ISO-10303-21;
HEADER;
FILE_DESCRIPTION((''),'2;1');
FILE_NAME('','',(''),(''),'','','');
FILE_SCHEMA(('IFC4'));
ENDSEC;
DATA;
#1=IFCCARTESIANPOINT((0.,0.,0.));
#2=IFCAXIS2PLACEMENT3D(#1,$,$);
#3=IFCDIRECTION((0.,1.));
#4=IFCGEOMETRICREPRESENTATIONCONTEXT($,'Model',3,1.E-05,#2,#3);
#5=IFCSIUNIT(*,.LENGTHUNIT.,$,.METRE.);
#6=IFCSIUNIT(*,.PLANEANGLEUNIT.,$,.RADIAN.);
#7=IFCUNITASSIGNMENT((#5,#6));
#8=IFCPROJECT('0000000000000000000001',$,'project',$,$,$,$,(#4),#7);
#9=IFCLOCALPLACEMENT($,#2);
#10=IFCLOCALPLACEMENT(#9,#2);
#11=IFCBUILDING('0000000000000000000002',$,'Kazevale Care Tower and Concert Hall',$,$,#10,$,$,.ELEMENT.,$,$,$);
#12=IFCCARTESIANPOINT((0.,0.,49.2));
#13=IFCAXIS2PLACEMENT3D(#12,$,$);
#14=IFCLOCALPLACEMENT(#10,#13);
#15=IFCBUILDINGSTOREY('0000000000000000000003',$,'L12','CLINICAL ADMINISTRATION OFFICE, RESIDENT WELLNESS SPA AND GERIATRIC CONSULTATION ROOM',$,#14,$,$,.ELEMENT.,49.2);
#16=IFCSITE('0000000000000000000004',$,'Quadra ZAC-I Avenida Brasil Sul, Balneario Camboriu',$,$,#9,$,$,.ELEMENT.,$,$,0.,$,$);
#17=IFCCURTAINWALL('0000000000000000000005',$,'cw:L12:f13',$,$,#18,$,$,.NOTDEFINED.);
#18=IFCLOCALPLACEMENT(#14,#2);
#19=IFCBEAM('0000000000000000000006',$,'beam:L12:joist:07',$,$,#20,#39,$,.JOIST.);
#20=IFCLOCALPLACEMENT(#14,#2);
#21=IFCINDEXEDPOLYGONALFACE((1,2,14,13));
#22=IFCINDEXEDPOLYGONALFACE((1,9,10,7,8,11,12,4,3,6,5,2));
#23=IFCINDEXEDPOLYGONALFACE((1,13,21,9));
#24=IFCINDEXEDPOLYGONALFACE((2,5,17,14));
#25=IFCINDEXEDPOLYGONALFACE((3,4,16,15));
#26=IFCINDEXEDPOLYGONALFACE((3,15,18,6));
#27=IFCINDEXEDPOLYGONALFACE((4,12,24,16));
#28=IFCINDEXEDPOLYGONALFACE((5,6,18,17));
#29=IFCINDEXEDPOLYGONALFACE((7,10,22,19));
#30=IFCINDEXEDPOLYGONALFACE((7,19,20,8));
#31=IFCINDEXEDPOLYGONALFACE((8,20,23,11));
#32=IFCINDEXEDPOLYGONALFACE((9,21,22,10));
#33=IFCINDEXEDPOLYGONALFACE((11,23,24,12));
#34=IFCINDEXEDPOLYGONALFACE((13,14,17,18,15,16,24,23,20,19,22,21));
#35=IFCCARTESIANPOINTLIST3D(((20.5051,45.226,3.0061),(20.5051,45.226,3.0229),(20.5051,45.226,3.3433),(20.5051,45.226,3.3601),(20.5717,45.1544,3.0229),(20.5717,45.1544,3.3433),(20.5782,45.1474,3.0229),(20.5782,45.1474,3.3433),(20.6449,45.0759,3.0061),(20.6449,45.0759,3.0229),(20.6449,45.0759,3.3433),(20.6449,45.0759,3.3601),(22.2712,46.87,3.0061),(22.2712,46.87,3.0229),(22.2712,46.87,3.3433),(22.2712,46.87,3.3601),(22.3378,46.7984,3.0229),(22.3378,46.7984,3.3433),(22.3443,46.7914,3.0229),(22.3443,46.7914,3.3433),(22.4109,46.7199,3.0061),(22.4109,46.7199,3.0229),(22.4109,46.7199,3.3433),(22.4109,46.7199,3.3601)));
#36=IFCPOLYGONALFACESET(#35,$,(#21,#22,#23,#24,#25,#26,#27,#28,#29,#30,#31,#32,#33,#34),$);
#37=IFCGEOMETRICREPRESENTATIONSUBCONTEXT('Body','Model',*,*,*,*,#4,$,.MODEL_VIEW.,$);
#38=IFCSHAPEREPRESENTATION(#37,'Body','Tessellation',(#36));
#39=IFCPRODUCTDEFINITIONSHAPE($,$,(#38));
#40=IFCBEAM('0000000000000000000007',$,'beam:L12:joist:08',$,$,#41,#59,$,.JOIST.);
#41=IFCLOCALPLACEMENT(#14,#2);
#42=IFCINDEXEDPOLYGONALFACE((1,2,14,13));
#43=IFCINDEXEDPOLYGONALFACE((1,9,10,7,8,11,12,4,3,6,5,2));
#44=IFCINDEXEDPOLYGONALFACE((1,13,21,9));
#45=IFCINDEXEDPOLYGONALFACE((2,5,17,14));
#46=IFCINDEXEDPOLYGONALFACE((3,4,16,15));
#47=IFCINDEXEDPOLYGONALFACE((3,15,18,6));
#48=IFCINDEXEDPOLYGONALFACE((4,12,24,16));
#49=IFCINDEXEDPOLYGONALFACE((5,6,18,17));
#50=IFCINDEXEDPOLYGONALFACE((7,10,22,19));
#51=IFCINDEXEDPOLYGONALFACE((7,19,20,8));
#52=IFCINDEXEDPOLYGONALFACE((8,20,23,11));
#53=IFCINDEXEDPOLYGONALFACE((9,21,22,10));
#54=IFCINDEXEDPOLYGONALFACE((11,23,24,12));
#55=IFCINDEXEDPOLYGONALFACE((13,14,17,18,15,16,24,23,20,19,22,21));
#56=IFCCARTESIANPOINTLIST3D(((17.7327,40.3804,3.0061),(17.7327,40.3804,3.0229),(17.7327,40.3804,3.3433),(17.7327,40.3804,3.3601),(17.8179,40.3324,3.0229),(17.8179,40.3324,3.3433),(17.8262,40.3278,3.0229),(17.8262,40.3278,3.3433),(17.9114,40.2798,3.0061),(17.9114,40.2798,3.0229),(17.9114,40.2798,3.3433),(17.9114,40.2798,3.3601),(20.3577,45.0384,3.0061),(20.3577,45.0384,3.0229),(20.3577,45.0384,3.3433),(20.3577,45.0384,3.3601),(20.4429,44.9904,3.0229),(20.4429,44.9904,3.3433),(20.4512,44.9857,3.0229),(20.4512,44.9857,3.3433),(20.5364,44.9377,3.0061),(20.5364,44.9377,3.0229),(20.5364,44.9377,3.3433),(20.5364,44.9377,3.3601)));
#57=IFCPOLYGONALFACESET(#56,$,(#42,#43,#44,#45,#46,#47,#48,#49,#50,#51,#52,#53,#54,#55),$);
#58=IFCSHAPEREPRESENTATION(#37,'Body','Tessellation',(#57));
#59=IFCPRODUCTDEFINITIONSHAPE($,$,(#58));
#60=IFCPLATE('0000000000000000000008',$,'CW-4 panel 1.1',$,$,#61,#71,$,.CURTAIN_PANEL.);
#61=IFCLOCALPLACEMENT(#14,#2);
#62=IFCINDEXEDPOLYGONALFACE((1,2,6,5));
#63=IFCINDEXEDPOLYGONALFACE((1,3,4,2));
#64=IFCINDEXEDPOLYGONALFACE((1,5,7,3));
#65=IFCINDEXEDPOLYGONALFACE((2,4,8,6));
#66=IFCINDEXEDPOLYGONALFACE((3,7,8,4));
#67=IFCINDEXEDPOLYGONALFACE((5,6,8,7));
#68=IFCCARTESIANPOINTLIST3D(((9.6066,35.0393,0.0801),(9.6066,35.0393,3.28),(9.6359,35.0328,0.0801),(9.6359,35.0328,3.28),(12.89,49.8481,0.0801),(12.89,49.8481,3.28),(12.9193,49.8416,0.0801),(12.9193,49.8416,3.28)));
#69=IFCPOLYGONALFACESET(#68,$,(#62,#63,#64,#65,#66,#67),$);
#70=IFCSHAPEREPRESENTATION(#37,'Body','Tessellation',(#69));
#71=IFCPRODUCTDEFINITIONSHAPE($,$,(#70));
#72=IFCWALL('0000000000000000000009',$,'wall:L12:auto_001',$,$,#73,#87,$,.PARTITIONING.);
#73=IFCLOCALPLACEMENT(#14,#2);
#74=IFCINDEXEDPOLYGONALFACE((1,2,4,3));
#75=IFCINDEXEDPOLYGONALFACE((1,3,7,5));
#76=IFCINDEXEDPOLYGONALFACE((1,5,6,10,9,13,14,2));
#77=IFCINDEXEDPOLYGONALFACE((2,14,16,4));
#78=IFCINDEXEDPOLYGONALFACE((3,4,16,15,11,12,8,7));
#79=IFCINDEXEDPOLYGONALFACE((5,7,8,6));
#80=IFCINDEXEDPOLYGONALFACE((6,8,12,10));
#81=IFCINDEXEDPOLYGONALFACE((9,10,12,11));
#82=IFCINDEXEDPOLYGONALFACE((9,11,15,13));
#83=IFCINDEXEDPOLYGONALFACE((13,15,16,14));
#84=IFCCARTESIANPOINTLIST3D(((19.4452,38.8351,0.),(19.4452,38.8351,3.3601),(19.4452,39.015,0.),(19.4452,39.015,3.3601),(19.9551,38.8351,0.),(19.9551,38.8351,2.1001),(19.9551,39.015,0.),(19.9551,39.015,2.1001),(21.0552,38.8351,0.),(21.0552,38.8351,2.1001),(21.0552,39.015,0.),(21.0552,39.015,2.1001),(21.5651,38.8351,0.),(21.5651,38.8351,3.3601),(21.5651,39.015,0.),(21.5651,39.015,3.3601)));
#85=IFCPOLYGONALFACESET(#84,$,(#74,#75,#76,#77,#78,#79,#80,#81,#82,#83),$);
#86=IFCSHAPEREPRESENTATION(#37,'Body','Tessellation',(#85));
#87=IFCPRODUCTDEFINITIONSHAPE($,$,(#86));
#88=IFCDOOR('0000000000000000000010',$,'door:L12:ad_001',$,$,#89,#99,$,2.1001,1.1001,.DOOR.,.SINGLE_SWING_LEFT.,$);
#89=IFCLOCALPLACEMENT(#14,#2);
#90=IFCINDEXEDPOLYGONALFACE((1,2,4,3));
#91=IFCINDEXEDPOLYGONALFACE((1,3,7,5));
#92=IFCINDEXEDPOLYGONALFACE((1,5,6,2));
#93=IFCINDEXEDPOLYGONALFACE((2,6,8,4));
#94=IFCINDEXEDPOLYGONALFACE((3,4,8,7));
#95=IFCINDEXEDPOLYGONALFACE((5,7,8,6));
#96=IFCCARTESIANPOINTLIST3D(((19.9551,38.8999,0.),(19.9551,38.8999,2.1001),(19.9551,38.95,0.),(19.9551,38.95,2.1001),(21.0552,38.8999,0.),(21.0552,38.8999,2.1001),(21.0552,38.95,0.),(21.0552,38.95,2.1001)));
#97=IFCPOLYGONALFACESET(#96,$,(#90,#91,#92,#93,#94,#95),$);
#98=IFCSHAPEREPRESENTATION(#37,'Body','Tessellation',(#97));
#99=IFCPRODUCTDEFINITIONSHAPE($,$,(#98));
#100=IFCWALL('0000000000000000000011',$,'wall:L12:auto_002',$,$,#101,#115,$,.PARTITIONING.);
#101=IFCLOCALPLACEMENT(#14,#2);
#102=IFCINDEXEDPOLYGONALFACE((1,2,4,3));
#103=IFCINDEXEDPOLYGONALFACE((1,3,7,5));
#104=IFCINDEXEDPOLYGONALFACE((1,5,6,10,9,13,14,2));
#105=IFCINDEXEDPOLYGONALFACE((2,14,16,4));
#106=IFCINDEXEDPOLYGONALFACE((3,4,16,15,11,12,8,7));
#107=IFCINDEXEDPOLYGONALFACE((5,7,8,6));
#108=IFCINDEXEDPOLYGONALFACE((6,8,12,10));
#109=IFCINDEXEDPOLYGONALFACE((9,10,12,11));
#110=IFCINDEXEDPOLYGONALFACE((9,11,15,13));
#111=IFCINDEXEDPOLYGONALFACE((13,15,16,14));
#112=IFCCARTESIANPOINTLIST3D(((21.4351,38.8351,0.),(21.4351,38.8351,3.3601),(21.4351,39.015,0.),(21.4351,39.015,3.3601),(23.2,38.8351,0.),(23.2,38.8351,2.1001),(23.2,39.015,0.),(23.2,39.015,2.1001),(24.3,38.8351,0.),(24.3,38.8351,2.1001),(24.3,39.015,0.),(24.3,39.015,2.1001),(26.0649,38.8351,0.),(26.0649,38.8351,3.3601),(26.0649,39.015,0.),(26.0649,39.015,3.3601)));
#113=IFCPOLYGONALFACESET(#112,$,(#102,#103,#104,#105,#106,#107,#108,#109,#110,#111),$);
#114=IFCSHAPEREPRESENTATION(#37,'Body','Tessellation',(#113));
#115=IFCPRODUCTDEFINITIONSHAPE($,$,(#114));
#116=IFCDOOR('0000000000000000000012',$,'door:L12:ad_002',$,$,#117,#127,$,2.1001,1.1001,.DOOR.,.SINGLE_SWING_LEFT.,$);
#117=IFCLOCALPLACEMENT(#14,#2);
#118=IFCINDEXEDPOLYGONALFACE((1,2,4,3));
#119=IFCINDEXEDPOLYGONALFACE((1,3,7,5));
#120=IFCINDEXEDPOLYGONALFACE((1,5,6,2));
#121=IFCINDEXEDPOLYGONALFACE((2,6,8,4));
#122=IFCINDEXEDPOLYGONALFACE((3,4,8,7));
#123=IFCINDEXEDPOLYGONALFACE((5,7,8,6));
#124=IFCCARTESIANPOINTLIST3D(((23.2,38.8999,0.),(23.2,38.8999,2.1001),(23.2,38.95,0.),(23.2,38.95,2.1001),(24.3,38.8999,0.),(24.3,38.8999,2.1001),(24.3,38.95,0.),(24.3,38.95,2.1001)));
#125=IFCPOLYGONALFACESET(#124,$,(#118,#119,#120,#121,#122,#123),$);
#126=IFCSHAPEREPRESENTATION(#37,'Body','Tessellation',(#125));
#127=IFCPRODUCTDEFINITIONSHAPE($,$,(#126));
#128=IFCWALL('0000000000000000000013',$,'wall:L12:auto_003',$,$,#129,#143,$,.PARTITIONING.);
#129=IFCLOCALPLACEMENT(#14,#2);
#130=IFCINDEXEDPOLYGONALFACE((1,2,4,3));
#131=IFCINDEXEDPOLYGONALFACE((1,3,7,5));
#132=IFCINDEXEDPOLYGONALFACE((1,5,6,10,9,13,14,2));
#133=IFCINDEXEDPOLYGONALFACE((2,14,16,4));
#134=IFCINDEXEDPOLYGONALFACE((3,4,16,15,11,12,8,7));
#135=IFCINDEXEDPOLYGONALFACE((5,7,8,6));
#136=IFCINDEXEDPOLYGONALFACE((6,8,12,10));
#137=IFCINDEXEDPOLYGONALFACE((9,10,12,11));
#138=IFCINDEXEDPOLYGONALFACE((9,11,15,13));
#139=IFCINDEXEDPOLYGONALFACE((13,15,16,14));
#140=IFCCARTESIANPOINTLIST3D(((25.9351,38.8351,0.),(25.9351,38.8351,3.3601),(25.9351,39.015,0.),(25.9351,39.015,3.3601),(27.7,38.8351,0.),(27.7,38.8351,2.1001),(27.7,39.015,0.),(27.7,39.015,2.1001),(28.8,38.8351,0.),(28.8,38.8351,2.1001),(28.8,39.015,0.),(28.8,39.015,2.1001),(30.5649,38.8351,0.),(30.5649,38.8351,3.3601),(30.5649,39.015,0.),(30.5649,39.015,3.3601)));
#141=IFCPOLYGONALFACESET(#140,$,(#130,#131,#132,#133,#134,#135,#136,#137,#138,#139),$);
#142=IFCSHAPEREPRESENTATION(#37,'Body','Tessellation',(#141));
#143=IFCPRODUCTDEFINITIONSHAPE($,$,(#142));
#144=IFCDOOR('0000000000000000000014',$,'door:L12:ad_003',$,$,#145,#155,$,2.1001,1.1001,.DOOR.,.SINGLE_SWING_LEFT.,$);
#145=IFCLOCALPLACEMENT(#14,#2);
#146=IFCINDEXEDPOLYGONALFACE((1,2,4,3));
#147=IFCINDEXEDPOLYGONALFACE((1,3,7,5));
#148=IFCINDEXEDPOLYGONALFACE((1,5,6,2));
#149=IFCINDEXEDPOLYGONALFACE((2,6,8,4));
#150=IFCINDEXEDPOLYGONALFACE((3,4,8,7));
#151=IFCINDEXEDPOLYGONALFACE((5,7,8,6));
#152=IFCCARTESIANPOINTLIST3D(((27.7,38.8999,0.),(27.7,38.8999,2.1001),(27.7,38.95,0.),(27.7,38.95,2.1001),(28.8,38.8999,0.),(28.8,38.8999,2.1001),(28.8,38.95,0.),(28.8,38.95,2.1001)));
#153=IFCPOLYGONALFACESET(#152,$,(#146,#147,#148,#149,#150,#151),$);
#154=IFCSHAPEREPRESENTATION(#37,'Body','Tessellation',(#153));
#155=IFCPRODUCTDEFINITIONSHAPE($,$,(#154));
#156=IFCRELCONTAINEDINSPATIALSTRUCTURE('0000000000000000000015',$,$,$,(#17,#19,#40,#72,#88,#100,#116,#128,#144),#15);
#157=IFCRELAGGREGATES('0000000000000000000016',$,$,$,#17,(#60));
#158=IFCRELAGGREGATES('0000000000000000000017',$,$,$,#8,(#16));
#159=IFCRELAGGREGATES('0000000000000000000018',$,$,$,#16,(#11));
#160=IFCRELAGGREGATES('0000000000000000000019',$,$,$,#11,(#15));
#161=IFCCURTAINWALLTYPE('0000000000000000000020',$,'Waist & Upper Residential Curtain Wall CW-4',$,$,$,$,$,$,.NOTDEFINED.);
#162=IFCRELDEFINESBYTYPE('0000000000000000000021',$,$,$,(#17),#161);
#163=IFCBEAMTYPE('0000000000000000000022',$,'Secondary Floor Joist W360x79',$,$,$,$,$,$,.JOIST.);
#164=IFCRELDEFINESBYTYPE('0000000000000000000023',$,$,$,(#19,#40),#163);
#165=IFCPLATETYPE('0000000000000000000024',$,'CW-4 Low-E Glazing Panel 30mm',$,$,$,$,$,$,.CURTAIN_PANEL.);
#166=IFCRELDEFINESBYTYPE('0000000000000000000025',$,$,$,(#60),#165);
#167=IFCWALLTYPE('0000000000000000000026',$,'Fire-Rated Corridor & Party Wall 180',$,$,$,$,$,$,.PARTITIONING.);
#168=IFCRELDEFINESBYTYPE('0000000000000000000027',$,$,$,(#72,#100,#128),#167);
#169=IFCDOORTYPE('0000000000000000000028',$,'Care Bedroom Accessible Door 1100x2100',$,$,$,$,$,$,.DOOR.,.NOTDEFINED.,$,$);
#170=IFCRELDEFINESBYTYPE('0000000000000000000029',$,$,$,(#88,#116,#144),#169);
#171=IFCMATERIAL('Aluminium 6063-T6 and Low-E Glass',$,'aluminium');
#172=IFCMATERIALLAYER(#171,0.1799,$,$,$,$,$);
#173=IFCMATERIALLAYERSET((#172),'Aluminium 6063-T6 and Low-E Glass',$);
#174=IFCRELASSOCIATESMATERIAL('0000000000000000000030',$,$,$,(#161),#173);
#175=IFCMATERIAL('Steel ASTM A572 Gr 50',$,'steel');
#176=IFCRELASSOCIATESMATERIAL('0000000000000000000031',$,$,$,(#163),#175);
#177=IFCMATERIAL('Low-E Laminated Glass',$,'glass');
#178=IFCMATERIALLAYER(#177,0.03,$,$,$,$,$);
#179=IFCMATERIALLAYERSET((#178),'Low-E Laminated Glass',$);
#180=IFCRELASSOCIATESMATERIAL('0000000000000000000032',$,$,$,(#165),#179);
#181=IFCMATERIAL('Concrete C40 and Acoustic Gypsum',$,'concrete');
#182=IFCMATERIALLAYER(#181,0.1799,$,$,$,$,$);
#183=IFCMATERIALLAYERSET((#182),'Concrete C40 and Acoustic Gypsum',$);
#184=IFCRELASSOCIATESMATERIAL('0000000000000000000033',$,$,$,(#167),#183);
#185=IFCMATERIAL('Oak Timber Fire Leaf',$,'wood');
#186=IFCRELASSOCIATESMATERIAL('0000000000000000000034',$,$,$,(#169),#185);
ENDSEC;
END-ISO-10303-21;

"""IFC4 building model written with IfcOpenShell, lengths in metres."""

from ifc_helpers import new_model, si_unit, direction, frame, frame_2d, origin, origin_2d, place, context, subcontext, project, spatial, rectangle, i_section, extrude, material, layer, layer_set, material_profile, profile_set, type_object, element, fill, aggregate, save


model = new_model("IFC4")

# Units and contexts
model_context = context("Model", 3, precision=1e-05, world=origin(), true_north=direction((0.0, 1.0)))
body_context = subcontext(model_context, "Body", "Model", "MODEL_VIEW")
ifc_project = project(units=[si_unit("LENGTHUNIT", "METRE"), si_unit("PLANEANGLEUNIT", "RADIAN")], contexts=[model_context])

# Site, building, storey
site_placement = place(None, origin())
site = spatial("IfcSite", under=ifc_project, at=site_placement, Name="Quadra ZAC-I Avenida Brasil Sul, Balneario Camboriu", CompositionType="ELEMENT", RefElevation=0.0)
building_placement = place(site_placement, origin())
building = spatial("IfcBuilding", under=site, at=building_placement, Name="Kazevale Care Tower and Concert Hall", CompositionType="ELEMENT")
storey_placement = place(building_placement, frame((0.0, 0.0, 49.2)))
storey = spatial("IfcBuildingStorey", under=building, at=storey_placement, Name="L12", Description="CLINICAL ADMINISTRATION OFFICE, RESIDENT WELLNESS SPA AND GERIATRIC CONSULTATION ROOM", CompositionType="ELEMENT", Elevation=49.2)

# Shared definitions
ifc_material_1 = material(Name="Aluminium 6063-T6 and Low-E Glass", Category="aluminium")

# Curtain wall
ifc_layer_1 = layer(ifc_material_1, 0.1799)
ifc_layer_set_1 = layer_set([ifc_layer_1], Name="Aluminium 6063-T6 and Low-E Glass")
curtain_wall_type_1 = type_object("IfcCurtainWallType", Name="Waist & Upper Residential Curtain Wall CW-4", PredefinedType="NOTDEFINED", material=ifc_layer_set_1)
curtain_wall_1_placement = place(storey_placement, origin())
curtain_wall_1 = element("IfcCurtainWall", 1, at=curtain_wall_1_placement, inside=storey, type_object=curtain_wall_type_1, Name="cw:L12:f13", PredefinedType="NOTDEFINED")

# Beams
ifc_material_2 = material(Name="Steel ASTM A572 Gr 50", Category="steel")
ifc_material_profile_1 = material_profile(ifc_material_2, i_section(OverallWidth=0.2051, OverallDepth=0.354, WebThickness=0.0095, FlangeThickness=0.0168, at=origin_2d()), Name="W360x79")
ifc_profile_set_1 = profile_set([ifc_material_profile_1], Name="Steel ASTM A572 Gr 50")
beam_type_1 = type_object("IfcBeamType", Name="Secondary Floor Joist W360x79", PredefinedType="JOIST", material=ifc_profile_set_1)
beam_1_placement = place(storey_placement, frame((22.3411, 46.7949, 3.1831), z_axis=(-0.73195, -0.681359, 0.0), x_axis=(0.681359, -0.73195, 0.0)))
element("IfcBeam", 2, at=beam_1_placement, inside=storey, type_object=beam_type_1, Name="beam:L12:joist:07", PredefinedType="JOIST", context=body_context, shape_type="SweptSolid", body=[
    extrude(i_section(OverallWidth=0.2051, OverallDepth=0.354, WebThickness=0.0095, FlangeThickness=0.0168, at=origin_2d()), origin(), (0.0, 0.0, 1.0), 2.4128),
])
beam_2_placement = place(storey_placement, frame((20.447, 44.988, 3.1831), z_axis=(-0.490957, -0.871184, 0.0), x_axis=(0.871184, -0.490957, 0.0)))
element("IfcBeam", 3, at=beam_2_placement, inside=storey, type_object=beam_type_1, Name="beam:L12:joist:08", PredefinedType="JOIST", context=body_context, shape_type="SweptSolid", body=[
    extrude(i_section(OverallWidth=0.2051, OverallDepth=0.354, WebThickness=0.0095, FlangeThickness=0.0168, at=origin_2d()), origin(), (0.0, 0.0, 1.0), 5.3467),
])

# Plate
ifc_material_3 = material(Name="Low-E Laminated Glass", Category="glass")
ifc_layer_2 = layer(ifc_material_3, 0.03)
ifc_layer_set_2 = layer_set([ifc_layer_2], Name="Low-E Laminated Glass")
plate_type = type_object("IfcPlateType", Name="CW-4 Low-E Glazing Panel 30mm", PredefinedType="CURTAIN_PANEL", material=ifc_layer_set_2)
plate_placement = place(storey_placement, frame((11.2629, 42.4404, 0.0801), z_axis=(0.0, 0.0, 1.0), x_axis=(0.216461, 0.976291, 0.0)))
plate = element("IfcPlate", 4, at=plate_placement, type_object=plate_type, Name="CW-4 panel 1.1", PredefinedType="CURTAIN_PANEL", context=body_context, shape_type="SweptSolid", body=[
    extrude(rectangle(XDim=15.1685, YDim=0.03, at=origin_2d()), origin(), (0.0, 0.0, 1.0), 3.2),
])
aggregate(curtain_wall_1, [plate])

# Walls, openings, doors
ifc_material_4 = material(Name="Concrete C40 and Acoustic Gypsum", Category="concrete")
ifc_layer_3 = layer(ifc_material_4, 0.1799)
ifc_layer_set_3 = layer_set([ifc_layer_3], Name="Concrete C40 and Acoustic Gypsum")
wall_type = type_object("IfcWallType", Name="Fire-Rated Corridor & Party Wall 180", PredefinedType="PARTITIONING", material=ifc_layer_set_3)
wall_1_placement = place(storey_placement, frame((19.4451, 38.925, 0.0), z_axis=(0.0, 0.0, 1.0), x_axis=(1.0, 0.0, 0.0)))
wall_1 = element("IfcWall", 5, at=wall_1_placement, inside=storey, type_object=wall_type, Name="wall:L12:auto_001", PredefinedType="PARTITIONING", context=body_context, shape_type="SweptSolid", body=[
    extrude(rectangle(XDim=2.1199, YDim=0.1799, at=frame_2d((1.0601, 0.0))), origin(), (0.0, 0.0, 1.0), 3.3601),
])
opening_1_placement = place(wall_1_placement, frame((0.51, 0.0, 0.0)))
opening_1 = element("IfcOpeningElement", 6, at=opening_1_placement, cuts=wall_1, PredefinedType="OPENING", context=body_context, shape_type="SweptSolid", body=[
    extrude(rectangle(XDim=1.1001, YDim=2.1001, at=frame_2d((0.55, 1.05))), frame((0.0, 0.0999, 0.0), z_axis=(0.0, -1.0, 0.0), x_axis=(1.0, 0.0, 0.0)), (0.0, 0.0, 1.0), 0.2),
])
ifc_material_5 = material(Name="Oak Timber Fire Leaf", Category="wood")
door_type = type_object("IfcDoorType", Name="Care Bedroom Accessible Door 1100x2100", OperationType="NOTDEFINED", PredefinedType="DOOR", material=ifc_material_5)
door_1_placement = place(opening_1_placement, origin())
door_1 = element("IfcDoor", 7, at=door_1_placement, inside=storey, type_object=door_type, Name="door:L12:ad_001", OperationType="SINGLE_SWING_LEFT", OverallHeight=2.1001, OverallWidth=1.1001, PredefinedType="DOOR", context=body_context, shape_type="SweptSolid", body=[
    extrude(rectangle(XDim=1.1001, YDim=2.1001, at=frame_2d((0.55, 1.05))), frame((0.0, 0.0249, 0.0), z_axis=(0.0, -1.0, 0.0), x_axis=(1.0, 0.0, 0.0)), (0.0, 0.0, 1.0), 0.05),
])
fill(opening_1, door_1)
wall_2_placement = place(storey_placement, frame((21.4351, 38.925, 0.0), z_axis=(0.0, 0.0, 1.0), x_axis=(1.0, 0.0, 0.0)))
wall_2 = element("IfcWall", 8, at=wall_2_placement, inside=storey, type_object=wall_type, Name="wall:L12:auto_002", PredefinedType="PARTITIONING", context=body_context, shape_type="SweptSolid", body=[
    extrude(rectangle(XDim=4.6299, YDim=0.1799, at=frame_2d((2.3149, 0.0))), origin(), (0.0, 0.0, 1.0), 3.3601),
])
opening_2_placement = place(wall_2_placement, frame((1.7649, 0.0, 0.0)))
opening_2 = element("IfcOpeningElement", 9, at=opening_2_placement, cuts=wall_2, PredefinedType="OPENING", context=body_context, shape_type="SweptSolid", body=[
    extrude(rectangle(XDim=1.1001, YDim=2.1001, at=frame_2d((0.55, 1.05))), frame((0.0, 0.0999, 0.0), z_axis=(0.0, -1.0, 0.0), x_axis=(1.0, 0.0, 0.0)), (0.0, 0.0, 1.0), 0.2),
])
door_2_placement = place(opening_2_placement, origin())
door_2 = element("IfcDoor", 10, at=door_2_placement, inside=storey, type_object=door_type, Name="door:L12:ad_002", OperationType="SINGLE_SWING_LEFT", OverallHeight=2.1001, OverallWidth=1.1001, PredefinedType="DOOR", context=body_context, shape_type="SweptSolid", body=[
    extrude(rectangle(XDim=1.1001, YDim=2.1001, at=frame_2d((0.55, 1.05))), frame((0.0, 0.0249, 0.0), z_axis=(0.0, -1.0, 0.0), x_axis=(1.0, 0.0, 0.0)), (0.0, 0.0, 1.0), 0.05),
])
fill(opening_2, door_2)
wall_3_placement = place(storey_placement, frame((25.9351, 38.925, 0.0), z_axis=(0.0, 0.0, 1.0), x_axis=(1.0, 0.0, 0.0)))
wall_3 = element("IfcWall", 11, at=wall_3_placement, inside=storey, type_object=wall_type, Name="wall:L12:auto_003", PredefinedType="PARTITIONING", context=body_context, shape_type="SweptSolid", body=[
    extrude(rectangle(XDim=4.6299, YDim=0.1799, at=frame_2d((2.3149, 0.0))), origin(), (0.0, 0.0, 1.0), 3.3601),
])
opening_3_placement = place(wall_3_placement, frame((1.7649, 0.0, 0.0)))
opening_3 = element("IfcOpeningElement", 12, at=opening_3_placement, cuts=wall_3, PredefinedType="OPENING", context=body_context, shape_type="SweptSolid", body=[
    extrude(rectangle(XDim=1.1001, YDim=2.1001, at=frame_2d((0.55, 1.05))), frame((0.0, 0.0999, 0.0), z_axis=(0.0, -1.0, 0.0), x_axis=(1.0, 0.0, 0.0)), (0.0, 0.0, 1.0), 0.2),
])
door_3_placement = place(opening_3_placement, origin())
door_3 = element("IfcDoor", 13, at=door_3_placement, inside=storey, type_object=door_type, Name="door:L12:ad_003", OperationType="SINGLE_SWING_LEFT", OverallHeight=2.1001, OverallWidth=1.1001, PredefinedType="DOOR", context=body_context, shape_type="SweptSolid", body=[
    extrude(rectangle(XDim=1.1001, YDim=2.1001, at=frame_2d((0.55, 1.05))), frame((0.0, 0.0249, 0.0), z_axis=(0.0, -1.0, 0.0), x_axis=(1.0, 0.0, 0.0)), (0.0, 0.0, 1.0), 0.05),
])
fill(opening_3, door_3)

save(model, "model.ifc")
